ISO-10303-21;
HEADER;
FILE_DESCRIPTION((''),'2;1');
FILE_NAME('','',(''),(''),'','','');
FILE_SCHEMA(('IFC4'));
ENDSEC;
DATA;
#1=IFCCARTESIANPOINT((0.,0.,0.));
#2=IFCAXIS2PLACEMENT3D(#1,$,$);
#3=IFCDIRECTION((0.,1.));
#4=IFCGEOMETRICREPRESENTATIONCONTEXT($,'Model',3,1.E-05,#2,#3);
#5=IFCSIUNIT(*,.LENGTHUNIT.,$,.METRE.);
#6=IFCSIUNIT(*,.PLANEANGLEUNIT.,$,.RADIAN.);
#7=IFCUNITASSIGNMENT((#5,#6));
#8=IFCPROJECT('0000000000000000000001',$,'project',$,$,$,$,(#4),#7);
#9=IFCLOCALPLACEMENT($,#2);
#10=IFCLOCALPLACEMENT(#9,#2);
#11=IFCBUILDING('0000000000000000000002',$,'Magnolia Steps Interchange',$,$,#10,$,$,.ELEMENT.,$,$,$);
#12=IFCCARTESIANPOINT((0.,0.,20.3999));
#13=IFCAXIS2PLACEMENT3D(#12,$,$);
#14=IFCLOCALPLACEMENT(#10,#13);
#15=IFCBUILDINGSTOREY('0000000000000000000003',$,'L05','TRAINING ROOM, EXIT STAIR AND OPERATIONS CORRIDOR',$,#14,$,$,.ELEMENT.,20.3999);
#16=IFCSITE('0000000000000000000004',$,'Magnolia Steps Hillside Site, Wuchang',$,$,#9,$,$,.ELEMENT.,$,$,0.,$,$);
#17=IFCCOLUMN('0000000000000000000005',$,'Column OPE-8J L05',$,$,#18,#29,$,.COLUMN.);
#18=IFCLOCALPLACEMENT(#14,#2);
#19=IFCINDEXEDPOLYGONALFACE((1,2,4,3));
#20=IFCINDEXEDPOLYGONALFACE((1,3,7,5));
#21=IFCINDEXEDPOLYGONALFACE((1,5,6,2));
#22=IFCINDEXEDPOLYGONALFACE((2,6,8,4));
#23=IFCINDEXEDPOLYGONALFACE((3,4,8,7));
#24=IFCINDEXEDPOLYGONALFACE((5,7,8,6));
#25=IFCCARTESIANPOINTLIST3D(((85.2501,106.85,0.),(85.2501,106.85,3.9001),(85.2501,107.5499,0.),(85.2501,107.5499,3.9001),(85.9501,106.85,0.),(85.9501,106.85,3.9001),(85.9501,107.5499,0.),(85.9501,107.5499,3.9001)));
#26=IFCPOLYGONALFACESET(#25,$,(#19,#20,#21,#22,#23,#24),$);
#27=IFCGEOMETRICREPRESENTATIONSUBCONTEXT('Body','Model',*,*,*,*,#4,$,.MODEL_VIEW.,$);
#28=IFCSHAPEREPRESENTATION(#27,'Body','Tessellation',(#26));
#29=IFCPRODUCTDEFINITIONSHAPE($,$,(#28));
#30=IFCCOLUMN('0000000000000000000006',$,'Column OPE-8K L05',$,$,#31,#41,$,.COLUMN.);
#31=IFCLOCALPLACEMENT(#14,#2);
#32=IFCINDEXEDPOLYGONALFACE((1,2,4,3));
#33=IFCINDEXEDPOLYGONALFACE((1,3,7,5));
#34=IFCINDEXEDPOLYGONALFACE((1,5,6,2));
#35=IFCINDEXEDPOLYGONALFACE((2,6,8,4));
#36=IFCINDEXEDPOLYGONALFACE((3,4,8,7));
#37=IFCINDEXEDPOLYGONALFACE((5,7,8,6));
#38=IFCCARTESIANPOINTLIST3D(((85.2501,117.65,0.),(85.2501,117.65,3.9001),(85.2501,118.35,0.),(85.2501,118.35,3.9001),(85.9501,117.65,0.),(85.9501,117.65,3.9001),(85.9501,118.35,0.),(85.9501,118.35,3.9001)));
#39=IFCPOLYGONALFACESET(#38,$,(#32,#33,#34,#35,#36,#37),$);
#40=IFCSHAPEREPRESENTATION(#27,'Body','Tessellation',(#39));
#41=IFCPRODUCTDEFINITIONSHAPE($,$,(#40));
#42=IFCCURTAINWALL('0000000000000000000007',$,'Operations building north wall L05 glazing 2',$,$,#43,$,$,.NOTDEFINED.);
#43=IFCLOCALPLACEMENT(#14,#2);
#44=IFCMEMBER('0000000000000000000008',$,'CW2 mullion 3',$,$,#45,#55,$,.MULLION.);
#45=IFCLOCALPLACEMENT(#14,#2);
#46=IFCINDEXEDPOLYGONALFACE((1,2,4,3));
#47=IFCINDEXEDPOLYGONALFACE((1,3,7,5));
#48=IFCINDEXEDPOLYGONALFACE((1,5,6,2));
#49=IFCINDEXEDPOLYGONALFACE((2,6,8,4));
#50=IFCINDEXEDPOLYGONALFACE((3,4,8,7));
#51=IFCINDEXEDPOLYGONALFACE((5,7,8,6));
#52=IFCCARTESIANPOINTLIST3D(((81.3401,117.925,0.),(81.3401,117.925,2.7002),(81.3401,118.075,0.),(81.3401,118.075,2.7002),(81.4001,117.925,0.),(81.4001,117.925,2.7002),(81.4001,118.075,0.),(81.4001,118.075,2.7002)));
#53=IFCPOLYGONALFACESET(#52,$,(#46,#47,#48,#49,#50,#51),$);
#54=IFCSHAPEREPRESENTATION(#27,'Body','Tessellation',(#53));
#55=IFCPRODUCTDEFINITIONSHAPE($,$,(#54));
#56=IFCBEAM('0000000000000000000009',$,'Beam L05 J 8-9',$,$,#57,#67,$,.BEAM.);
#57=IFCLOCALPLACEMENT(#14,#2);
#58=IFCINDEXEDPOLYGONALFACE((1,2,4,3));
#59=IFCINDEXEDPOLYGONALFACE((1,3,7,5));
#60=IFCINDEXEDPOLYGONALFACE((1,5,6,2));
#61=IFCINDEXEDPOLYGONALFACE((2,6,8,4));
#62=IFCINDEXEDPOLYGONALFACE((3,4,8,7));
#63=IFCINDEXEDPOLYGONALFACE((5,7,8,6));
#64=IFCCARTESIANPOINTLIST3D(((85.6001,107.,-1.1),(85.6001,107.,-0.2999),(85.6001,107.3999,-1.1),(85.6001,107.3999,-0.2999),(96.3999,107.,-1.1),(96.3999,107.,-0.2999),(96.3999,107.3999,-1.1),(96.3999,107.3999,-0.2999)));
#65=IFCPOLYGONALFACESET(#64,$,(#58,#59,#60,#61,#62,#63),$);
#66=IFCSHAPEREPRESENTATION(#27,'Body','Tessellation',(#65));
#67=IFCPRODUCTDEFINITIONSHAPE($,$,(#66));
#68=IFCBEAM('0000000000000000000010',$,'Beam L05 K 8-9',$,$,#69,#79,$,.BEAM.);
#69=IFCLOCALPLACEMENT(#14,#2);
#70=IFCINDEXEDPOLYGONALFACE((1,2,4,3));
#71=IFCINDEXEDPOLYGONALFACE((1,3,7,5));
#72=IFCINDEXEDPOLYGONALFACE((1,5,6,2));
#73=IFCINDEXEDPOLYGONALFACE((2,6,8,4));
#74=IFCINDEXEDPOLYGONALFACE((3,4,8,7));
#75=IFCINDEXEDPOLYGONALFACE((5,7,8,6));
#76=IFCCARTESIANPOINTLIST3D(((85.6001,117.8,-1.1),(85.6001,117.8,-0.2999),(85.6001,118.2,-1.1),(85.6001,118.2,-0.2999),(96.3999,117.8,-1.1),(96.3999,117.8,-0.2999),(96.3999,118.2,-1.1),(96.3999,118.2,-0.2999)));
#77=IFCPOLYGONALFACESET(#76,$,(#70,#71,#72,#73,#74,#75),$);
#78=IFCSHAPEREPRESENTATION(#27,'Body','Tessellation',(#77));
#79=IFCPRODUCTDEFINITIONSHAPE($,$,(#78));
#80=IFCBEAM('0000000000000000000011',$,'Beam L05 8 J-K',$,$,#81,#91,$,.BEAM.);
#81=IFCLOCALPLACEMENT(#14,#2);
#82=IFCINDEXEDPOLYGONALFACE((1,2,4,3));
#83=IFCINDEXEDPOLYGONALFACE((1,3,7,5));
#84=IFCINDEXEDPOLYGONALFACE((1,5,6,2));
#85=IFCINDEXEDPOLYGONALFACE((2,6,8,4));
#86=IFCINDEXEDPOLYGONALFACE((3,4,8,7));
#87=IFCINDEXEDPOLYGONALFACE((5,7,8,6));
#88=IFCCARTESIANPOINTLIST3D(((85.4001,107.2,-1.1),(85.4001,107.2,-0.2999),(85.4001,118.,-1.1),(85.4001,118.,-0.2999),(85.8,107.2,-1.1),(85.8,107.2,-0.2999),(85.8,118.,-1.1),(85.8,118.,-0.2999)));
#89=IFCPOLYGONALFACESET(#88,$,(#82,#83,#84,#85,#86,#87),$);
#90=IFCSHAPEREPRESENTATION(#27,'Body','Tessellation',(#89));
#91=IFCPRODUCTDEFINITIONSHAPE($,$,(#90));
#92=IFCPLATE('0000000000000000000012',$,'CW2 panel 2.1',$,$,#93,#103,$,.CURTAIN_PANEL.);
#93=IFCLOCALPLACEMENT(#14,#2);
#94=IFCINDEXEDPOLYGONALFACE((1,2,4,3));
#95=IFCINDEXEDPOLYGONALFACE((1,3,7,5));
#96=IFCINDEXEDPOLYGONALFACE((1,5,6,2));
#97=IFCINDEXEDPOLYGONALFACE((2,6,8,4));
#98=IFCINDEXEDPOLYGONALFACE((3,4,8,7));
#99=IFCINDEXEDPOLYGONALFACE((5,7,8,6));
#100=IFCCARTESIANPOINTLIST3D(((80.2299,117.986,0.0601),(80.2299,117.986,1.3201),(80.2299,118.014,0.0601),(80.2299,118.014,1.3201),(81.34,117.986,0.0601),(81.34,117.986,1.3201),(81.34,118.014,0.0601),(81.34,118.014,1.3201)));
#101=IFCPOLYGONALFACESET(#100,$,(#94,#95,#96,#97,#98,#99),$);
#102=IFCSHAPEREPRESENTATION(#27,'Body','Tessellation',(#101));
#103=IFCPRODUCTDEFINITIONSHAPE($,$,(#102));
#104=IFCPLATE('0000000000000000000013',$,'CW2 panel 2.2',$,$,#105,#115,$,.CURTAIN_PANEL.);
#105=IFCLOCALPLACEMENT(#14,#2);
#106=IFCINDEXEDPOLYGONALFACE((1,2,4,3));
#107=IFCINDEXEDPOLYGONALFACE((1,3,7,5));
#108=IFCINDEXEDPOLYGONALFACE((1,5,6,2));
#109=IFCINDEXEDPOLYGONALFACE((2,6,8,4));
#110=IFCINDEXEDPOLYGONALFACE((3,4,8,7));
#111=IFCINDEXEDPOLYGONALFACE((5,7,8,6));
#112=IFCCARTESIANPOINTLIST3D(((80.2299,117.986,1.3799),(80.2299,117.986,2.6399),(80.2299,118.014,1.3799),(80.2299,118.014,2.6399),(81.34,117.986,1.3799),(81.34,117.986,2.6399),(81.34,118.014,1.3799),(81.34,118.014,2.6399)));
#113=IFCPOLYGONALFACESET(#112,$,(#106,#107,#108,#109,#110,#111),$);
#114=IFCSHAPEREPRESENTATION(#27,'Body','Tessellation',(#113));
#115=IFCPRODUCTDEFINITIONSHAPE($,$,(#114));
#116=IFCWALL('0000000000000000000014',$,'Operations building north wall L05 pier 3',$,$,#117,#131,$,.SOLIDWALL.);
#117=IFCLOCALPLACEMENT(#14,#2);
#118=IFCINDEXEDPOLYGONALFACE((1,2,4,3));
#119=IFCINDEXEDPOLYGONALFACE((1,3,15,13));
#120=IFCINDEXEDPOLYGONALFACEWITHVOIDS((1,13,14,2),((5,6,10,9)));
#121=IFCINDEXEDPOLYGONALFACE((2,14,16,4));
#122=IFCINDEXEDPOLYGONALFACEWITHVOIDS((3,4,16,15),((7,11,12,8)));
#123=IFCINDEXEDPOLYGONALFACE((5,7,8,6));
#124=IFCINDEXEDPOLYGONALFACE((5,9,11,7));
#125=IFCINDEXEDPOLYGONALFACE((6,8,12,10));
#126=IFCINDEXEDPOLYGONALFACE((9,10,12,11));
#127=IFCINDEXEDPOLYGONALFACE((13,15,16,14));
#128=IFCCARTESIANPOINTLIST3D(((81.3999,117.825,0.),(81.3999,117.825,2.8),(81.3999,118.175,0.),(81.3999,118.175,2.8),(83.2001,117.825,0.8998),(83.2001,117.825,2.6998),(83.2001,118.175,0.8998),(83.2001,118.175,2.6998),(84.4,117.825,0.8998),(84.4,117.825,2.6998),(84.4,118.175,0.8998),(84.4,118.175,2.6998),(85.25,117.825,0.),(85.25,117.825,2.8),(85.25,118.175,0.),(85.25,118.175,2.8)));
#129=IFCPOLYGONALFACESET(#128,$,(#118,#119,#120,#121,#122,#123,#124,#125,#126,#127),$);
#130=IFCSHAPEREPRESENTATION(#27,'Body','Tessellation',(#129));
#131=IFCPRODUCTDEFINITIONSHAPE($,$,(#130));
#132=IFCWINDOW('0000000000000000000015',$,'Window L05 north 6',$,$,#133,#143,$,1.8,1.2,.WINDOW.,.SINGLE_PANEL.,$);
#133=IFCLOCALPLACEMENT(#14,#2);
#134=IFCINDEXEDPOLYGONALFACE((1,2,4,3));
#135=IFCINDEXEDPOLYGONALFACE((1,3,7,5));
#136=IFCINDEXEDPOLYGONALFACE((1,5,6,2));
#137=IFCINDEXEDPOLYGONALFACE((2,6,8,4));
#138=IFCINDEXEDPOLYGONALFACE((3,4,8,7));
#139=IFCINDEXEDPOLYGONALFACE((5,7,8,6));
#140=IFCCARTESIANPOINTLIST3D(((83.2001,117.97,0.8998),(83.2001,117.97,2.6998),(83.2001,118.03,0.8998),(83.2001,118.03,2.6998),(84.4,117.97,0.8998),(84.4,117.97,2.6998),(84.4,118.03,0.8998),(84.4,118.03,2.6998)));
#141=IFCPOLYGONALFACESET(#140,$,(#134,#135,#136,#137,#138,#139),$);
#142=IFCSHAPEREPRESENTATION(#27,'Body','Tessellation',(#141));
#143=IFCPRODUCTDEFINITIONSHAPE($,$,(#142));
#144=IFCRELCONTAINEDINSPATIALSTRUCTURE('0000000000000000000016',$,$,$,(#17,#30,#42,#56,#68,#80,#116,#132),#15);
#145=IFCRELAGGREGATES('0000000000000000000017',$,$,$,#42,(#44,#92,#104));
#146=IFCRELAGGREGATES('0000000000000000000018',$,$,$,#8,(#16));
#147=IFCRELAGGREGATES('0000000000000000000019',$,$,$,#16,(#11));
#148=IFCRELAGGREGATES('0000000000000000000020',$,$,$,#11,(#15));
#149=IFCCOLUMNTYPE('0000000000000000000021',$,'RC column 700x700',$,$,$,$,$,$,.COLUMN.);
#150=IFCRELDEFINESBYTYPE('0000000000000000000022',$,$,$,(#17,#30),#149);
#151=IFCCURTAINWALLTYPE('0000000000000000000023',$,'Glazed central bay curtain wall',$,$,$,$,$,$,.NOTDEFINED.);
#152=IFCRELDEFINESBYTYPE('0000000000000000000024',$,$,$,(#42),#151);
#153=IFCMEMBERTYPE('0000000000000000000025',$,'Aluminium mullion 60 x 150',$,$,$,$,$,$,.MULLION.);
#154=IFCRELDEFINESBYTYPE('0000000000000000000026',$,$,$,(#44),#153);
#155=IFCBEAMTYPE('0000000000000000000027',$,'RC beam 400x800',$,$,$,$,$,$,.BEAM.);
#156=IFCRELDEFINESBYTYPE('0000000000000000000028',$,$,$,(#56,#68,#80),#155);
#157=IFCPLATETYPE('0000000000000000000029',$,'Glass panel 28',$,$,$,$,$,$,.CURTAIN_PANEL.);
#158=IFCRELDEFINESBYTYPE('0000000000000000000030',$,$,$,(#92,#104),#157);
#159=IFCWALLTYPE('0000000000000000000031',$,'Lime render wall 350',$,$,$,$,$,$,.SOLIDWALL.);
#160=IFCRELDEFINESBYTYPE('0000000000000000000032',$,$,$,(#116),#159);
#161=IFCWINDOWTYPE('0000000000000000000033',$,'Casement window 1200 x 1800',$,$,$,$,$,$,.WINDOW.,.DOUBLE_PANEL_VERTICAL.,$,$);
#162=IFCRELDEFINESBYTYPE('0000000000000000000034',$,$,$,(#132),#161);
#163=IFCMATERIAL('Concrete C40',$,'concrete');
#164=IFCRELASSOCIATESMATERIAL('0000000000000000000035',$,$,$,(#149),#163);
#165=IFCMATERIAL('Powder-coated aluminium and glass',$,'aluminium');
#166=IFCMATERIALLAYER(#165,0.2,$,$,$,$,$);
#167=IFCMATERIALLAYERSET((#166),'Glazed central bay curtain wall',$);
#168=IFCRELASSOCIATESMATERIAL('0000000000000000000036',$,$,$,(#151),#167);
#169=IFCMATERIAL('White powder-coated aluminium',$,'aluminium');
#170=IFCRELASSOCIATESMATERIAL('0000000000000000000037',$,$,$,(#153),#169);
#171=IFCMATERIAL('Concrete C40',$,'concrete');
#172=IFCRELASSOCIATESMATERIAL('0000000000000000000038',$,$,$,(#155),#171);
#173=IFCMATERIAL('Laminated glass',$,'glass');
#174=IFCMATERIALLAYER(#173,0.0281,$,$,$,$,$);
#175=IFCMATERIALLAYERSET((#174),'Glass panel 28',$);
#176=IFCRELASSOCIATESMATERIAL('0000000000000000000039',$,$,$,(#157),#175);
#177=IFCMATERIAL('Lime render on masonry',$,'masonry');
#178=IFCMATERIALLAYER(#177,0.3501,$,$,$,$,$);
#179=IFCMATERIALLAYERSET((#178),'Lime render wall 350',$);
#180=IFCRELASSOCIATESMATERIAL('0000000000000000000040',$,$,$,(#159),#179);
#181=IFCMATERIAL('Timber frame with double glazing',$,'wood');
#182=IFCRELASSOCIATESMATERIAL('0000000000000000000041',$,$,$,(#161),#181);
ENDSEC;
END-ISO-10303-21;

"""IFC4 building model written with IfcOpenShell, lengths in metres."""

from ifc_helpers import new_model, si_unit, direction, frame, frame_2d, origin, origin_2d, place, context, subcontext, project, spatial, rectangle, extrude, material, layer, layer_set, material_profile, profile_set, type_object, element, fill, aggregate, save


model = new_model("IFC4")

# Units and contexts
model_context = context("Model", 3, precision=1e-05, world=origin(), true_north=direction((0.0, 1.0)))
body_context = subcontext(model_context, "Body", "Model", "MODEL_VIEW")
ifc_project = project(units=[si_unit("LENGTHUNIT", "METRE"), si_unit("PLANEANGLEUNIT", "RADIAN")], contexts=[model_context])

# Site, building, storey
site_placement = place(None, origin())
site = spatial("IfcSite", under=ifc_project, at=site_placement, Name="Magnolia Steps Hillside Site, Wuchang", CompositionType="ELEMENT", RefElevation=0.0)
building_placement = place(site_placement, origin())
building = spatial("IfcBuilding", under=site, at=building_placement, Name="Magnolia Steps Interchange", CompositionType="ELEMENT")
storey_placement = place(building_placement, frame((0.0, 0.0, 20.3999)))
storey = spatial("IfcBuildingStorey", under=building, at=storey_placement, Name="L05", Description="TRAINING ROOM, EXIT STAIR AND OPERATIONS CORRIDOR", CompositionType="ELEMENT", Elevation=20.3999)

# Columns
ifc_material_1 = material(Name="Concrete C40", Category="concrete")
ifc_material_profile_1 = material_profile(ifc_material_1, rectangle(XDim=0.7, YDim=0.7, at=origin_2d()), Name="RC700x700")
ifc_profile_set_1 = profile_set([ifc_material_profile_1], Name="Concrete C40")
column_type = type_object("IfcColumnType", Name="RC column 700x700", PredefinedType="COLUMN", material=ifc_profile_set_1)
for number, where, z_axis, x_axis, name in (
    (1, (85.6001, 107.2, 0.0), (0.0, 0.0, 1.0), (1.0, 0.0, 0.0), "Column OPE-8J L05"),
    (2, (85.6001, 118.0, 0.0), (0.0, 0.0, 1.0), (1.0, 0.0, 0.0), "Column OPE-8K L05"),
):
    element("IfcColumn", number, at=place(storey_placement, frame(where, z_axis=z_axis, x_axis=x_axis)), inside=storey, type_object=column_type, Name=name, PredefinedType="COLUMN", context=body_context, shape_type="SweptSolid", body=[
        extrude(rectangle(XDim=0.7, YDim=0.7, at=origin_2d()), origin(), (0.0, 0.0, 1.0), 3.9001),
    ])

# Curtain wall, member
ifc_material_2 = material(Name="Powder-coated aluminium and glass", Category="aluminium")
ifc_layer_1 = layer(ifc_material_2, 0.2)
ifc_layer_set_1 = layer_set([ifc_layer_1], Name="Glazed central bay curtain wall")
curtain_wall_type = type_object("IfcCurtainWallType", Name="Glazed central bay curtain wall", PredefinedType="NOTDEFINED", material=ifc_layer_set_1)
curtain_wall_placement = place(storey_placement, origin())
curtain_wall = element("IfcCurtainWall", 3, at=curtain_wall_placement, inside=storey, type_object=curtain_wall_type, Name="Operations building north wall L05 glazing 2", PredefinedType="NOTDEFINED")
ifc_material_3 = material(Name="White powder-coated aluminium", Category="aluminium")
ifc_material_profile_2 = material_profile(ifc_material_3, rectangle(XDim=0.0601, YDim=0.1499, at=origin_2d()), Name="Aluminium mullion 60 x 150")
ifc_profile_set_2 = profile_set([ifc_material_profile_2], Name="White powder-coated aluminium")
member_type = type_object("IfcMemberType", Name="Aluminium mullion 60 x 150", PredefinedType="MULLION", material=ifc_profile_set_2)
member_placement = place(storey_placement, frame((81.3701, 118.0, 0.0), z_axis=(0.0, 0.0, 1.0), x_axis=(1.0, 0.0, 0.0)))
member = element("IfcMember", 4, at=member_placement, type_object=member_type, Name="CW2 mullion 3", PredefinedType="MULLION", context=body_context, shape_type="SweptSolid", body=[
    extrude(rectangle(XDim=0.0601, YDim=0.1499, at=origin_2d()), origin(), (0.0, 0.0, 1.0), 2.7002),
])

# Beams
ifc_material_4 = material(Name="Concrete C40", Category="concrete")
ifc_material_profile_3 = material_profile(ifc_material_4, rectangle(XDim=0.3999, YDim=0.8, at=origin_2d()), Name="RC400x800")
ifc_profile_set_3 = profile_set([ifc_material_profile_3], Name="Concrete C40")
beam_type = type_object("IfcBeamType", Name="RC beam 400x800", PredefinedType="BEAM", material=ifc_profile_set_3)
for number, where, z_axis, x_axis, name in (
    (5, (85.6001, 107.2, -0.7), (1.0, 0.0, 0.0), (0.0, 1.0, 0.0), "Beam L05 J 8-9"),
    (6, (85.6001, 118.0, -0.7), (1.0, 0.0, 0.0), (0.0, 1.0, 0.0), "Beam L05 K 8-9"),
):
    element("IfcBeam", number, at=place(storey_placement, frame(where, z_axis=z_axis, x_axis=x_axis)), inside=storey, type_object=beam_type, Name=name, PredefinedType="BEAM", context=body_context, shape_type="SweptSolid", body=[
        extrude(rectangle(XDim=0.3999, YDim=0.8, at=origin_2d()), origin(), (0.0, 0.0, 1.0), 10.7998),
    ])
beam_placement = place(storey_placement, frame((85.6001, 107.2, -0.7), z_axis=(0.0, 1.0, 0.0), x_axis=(-1.0, 0.0, 0.0)))
element("IfcBeam", 7, at=beam_placement, inside=storey, type_object=beam_type, Name="Beam L05 8 J-K", PredefinedType="BEAM", context=body_context, shape_type="SweptSolid", body=[
    extrude(rectangle(XDim=0.3999, YDim=0.8, at=origin_2d()), origin(), (0.0, 0.0, 1.0), 10.8),
])

# Plates
ifc_material_5 = material(Name="Laminated glass", Category="glass")
ifc_layer_2 = layer(ifc_material_5, 0.0281)
ifc_layer_set_2 = layer_set([ifc_layer_2], Name="Glass panel 28")
plate_type = type_object("IfcPlateType", Name="Glass panel 28", PredefinedType="CURTAIN_PANEL", material=ifc_layer_set_2)
plate_1_placement = place(storey_placement, frame((80.7849, 118.0, 0.0601), z_axis=(0.0, 0.0, 1.0), x_axis=(1.0, 0.0, 0.0)))
plate_1 = element("IfcPlate", 8, at=plate_1_placement, type_object=plate_type, Name="CW2 panel 2.1", PredefinedType="CURTAIN_PANEL", context=body_context, shape_type="SweptSolid", body=[
    extrude(rectangle(XDim=1.1101, YDim=0.0281, at=origin_2d()), origin(), (0.0, 0.0, 1.0), 1.26),
])
plate_2_placement = place(storey_placement, frame((80.7849, 118.0, 1.3799), z_axis=(0.0, 0.0, 1.0), x_axis=(1.0, 0.0, 0.0)))
plate_2 = element("IfcPlate", 9, at=plate_2_placement, type_object=plate_type, Name="CW2 panel 2.2", PredefinedType="CURTAIN_PANEL", context=body_context, shape_type="SweptSolid", body=[
    extrude(rectangle(XDim=1.1101, YDim=0.0281, at=origin_2d()), origin(), (0.0, 0.0, 1.0), 1.26),
])
aggregate(curtain_wall, [member, plate_1, plate_2])

# Wall, opening, window
ifc_material_6 = material(Name="Lime render on masonry", Category="masonry")
ifc_layer_3 = layer(ifc_material_6, 0.3501)
ifc_layer_set_3 = layer_set([ifc_layer_3], Name="Lime render wall 350")
wall_type_1 = type_object("IfcWallType", Name="Lime render wall 350", PredefinedType="SOLIDWALL", material=ifc_layer_set_3)
wall_1_placement = place(storey_placement, frame((81.3999, 118.0, 0.0), z_axis=(0.0, 0.0, 1.0), x_axis=(1.0, 0.0, 0.0)))
wall_1 = element("IfcWall", 10, at=wall_1_placement, inside=storey, type_object=wall_type_1, Name="Operations building north wall L05 pier 3", PredefinedType="SOLIDWALL", context=body_context, shape_type="SweptSolid", body=[
    extrude(rectangle(XDim=3.8501, YDim=0.3501, at=frame_2d((1.925, 0.0))), origin(), (0.0, 0.0, 1.0), 2.8),
])
opening_1_placement = place(wall_1_placement, frame((1.8, 0.0, 0.8999)))
opening_1 = element("IfcOpeningElement", 11, at=opening_1_placement, cuts=wall_1, PredefinedType="OPENING", context=body_context, shape_type="SweptSolid", body=[
    extrude(rectangle(XDim=1.2, YDim=1.8, at=frame_2d((0.6001, 0.8999))), frame((0.0, 0.1851, 0.0), z_axis=(0.0, -1.0, 0.0), x_axis=(1.0, 0.0, 0.0)), (0.0, 0.0, 1.0), 0.3701),
])
ifc_material_7 = material(Name="Timber frame with double glazing", Category="wood")
window_type = type_object("IfcWindowType", Name="Casement window 1200 x 1800", PartitioningType="DOUBLE_PANEL_VERTICAL", PredefinedType="WINDOW", material=ifc_material_7)
window_1_placement = place(opening_1_placement, origin())
window_1 = element("IfcWindow", 12, at=window_1_placement, inside=storey, type_object=window_type, Name="Window L05 north 6", OverallHeight=1.8, OverallWidth=1.2, PartitioningType="SINGLE_PANEL", PredefinedType="WINDOW", context=body_context, shape_type="SweptSolid", body=[
    extrude(rectangle(XDim=1.2, YDim=1.8, at=frame_2d((0.6001, 0.8999))), frame((0.0, 0.03, 0.0), z_axis=(0.0, -1.0, 0.0), x_axis=(1.0, 0.0, 0.0)), (0.0, 0.0, 1.0), 0.0601),
])
fill(opening_1, window_1)

save(model, "model.ifc")
